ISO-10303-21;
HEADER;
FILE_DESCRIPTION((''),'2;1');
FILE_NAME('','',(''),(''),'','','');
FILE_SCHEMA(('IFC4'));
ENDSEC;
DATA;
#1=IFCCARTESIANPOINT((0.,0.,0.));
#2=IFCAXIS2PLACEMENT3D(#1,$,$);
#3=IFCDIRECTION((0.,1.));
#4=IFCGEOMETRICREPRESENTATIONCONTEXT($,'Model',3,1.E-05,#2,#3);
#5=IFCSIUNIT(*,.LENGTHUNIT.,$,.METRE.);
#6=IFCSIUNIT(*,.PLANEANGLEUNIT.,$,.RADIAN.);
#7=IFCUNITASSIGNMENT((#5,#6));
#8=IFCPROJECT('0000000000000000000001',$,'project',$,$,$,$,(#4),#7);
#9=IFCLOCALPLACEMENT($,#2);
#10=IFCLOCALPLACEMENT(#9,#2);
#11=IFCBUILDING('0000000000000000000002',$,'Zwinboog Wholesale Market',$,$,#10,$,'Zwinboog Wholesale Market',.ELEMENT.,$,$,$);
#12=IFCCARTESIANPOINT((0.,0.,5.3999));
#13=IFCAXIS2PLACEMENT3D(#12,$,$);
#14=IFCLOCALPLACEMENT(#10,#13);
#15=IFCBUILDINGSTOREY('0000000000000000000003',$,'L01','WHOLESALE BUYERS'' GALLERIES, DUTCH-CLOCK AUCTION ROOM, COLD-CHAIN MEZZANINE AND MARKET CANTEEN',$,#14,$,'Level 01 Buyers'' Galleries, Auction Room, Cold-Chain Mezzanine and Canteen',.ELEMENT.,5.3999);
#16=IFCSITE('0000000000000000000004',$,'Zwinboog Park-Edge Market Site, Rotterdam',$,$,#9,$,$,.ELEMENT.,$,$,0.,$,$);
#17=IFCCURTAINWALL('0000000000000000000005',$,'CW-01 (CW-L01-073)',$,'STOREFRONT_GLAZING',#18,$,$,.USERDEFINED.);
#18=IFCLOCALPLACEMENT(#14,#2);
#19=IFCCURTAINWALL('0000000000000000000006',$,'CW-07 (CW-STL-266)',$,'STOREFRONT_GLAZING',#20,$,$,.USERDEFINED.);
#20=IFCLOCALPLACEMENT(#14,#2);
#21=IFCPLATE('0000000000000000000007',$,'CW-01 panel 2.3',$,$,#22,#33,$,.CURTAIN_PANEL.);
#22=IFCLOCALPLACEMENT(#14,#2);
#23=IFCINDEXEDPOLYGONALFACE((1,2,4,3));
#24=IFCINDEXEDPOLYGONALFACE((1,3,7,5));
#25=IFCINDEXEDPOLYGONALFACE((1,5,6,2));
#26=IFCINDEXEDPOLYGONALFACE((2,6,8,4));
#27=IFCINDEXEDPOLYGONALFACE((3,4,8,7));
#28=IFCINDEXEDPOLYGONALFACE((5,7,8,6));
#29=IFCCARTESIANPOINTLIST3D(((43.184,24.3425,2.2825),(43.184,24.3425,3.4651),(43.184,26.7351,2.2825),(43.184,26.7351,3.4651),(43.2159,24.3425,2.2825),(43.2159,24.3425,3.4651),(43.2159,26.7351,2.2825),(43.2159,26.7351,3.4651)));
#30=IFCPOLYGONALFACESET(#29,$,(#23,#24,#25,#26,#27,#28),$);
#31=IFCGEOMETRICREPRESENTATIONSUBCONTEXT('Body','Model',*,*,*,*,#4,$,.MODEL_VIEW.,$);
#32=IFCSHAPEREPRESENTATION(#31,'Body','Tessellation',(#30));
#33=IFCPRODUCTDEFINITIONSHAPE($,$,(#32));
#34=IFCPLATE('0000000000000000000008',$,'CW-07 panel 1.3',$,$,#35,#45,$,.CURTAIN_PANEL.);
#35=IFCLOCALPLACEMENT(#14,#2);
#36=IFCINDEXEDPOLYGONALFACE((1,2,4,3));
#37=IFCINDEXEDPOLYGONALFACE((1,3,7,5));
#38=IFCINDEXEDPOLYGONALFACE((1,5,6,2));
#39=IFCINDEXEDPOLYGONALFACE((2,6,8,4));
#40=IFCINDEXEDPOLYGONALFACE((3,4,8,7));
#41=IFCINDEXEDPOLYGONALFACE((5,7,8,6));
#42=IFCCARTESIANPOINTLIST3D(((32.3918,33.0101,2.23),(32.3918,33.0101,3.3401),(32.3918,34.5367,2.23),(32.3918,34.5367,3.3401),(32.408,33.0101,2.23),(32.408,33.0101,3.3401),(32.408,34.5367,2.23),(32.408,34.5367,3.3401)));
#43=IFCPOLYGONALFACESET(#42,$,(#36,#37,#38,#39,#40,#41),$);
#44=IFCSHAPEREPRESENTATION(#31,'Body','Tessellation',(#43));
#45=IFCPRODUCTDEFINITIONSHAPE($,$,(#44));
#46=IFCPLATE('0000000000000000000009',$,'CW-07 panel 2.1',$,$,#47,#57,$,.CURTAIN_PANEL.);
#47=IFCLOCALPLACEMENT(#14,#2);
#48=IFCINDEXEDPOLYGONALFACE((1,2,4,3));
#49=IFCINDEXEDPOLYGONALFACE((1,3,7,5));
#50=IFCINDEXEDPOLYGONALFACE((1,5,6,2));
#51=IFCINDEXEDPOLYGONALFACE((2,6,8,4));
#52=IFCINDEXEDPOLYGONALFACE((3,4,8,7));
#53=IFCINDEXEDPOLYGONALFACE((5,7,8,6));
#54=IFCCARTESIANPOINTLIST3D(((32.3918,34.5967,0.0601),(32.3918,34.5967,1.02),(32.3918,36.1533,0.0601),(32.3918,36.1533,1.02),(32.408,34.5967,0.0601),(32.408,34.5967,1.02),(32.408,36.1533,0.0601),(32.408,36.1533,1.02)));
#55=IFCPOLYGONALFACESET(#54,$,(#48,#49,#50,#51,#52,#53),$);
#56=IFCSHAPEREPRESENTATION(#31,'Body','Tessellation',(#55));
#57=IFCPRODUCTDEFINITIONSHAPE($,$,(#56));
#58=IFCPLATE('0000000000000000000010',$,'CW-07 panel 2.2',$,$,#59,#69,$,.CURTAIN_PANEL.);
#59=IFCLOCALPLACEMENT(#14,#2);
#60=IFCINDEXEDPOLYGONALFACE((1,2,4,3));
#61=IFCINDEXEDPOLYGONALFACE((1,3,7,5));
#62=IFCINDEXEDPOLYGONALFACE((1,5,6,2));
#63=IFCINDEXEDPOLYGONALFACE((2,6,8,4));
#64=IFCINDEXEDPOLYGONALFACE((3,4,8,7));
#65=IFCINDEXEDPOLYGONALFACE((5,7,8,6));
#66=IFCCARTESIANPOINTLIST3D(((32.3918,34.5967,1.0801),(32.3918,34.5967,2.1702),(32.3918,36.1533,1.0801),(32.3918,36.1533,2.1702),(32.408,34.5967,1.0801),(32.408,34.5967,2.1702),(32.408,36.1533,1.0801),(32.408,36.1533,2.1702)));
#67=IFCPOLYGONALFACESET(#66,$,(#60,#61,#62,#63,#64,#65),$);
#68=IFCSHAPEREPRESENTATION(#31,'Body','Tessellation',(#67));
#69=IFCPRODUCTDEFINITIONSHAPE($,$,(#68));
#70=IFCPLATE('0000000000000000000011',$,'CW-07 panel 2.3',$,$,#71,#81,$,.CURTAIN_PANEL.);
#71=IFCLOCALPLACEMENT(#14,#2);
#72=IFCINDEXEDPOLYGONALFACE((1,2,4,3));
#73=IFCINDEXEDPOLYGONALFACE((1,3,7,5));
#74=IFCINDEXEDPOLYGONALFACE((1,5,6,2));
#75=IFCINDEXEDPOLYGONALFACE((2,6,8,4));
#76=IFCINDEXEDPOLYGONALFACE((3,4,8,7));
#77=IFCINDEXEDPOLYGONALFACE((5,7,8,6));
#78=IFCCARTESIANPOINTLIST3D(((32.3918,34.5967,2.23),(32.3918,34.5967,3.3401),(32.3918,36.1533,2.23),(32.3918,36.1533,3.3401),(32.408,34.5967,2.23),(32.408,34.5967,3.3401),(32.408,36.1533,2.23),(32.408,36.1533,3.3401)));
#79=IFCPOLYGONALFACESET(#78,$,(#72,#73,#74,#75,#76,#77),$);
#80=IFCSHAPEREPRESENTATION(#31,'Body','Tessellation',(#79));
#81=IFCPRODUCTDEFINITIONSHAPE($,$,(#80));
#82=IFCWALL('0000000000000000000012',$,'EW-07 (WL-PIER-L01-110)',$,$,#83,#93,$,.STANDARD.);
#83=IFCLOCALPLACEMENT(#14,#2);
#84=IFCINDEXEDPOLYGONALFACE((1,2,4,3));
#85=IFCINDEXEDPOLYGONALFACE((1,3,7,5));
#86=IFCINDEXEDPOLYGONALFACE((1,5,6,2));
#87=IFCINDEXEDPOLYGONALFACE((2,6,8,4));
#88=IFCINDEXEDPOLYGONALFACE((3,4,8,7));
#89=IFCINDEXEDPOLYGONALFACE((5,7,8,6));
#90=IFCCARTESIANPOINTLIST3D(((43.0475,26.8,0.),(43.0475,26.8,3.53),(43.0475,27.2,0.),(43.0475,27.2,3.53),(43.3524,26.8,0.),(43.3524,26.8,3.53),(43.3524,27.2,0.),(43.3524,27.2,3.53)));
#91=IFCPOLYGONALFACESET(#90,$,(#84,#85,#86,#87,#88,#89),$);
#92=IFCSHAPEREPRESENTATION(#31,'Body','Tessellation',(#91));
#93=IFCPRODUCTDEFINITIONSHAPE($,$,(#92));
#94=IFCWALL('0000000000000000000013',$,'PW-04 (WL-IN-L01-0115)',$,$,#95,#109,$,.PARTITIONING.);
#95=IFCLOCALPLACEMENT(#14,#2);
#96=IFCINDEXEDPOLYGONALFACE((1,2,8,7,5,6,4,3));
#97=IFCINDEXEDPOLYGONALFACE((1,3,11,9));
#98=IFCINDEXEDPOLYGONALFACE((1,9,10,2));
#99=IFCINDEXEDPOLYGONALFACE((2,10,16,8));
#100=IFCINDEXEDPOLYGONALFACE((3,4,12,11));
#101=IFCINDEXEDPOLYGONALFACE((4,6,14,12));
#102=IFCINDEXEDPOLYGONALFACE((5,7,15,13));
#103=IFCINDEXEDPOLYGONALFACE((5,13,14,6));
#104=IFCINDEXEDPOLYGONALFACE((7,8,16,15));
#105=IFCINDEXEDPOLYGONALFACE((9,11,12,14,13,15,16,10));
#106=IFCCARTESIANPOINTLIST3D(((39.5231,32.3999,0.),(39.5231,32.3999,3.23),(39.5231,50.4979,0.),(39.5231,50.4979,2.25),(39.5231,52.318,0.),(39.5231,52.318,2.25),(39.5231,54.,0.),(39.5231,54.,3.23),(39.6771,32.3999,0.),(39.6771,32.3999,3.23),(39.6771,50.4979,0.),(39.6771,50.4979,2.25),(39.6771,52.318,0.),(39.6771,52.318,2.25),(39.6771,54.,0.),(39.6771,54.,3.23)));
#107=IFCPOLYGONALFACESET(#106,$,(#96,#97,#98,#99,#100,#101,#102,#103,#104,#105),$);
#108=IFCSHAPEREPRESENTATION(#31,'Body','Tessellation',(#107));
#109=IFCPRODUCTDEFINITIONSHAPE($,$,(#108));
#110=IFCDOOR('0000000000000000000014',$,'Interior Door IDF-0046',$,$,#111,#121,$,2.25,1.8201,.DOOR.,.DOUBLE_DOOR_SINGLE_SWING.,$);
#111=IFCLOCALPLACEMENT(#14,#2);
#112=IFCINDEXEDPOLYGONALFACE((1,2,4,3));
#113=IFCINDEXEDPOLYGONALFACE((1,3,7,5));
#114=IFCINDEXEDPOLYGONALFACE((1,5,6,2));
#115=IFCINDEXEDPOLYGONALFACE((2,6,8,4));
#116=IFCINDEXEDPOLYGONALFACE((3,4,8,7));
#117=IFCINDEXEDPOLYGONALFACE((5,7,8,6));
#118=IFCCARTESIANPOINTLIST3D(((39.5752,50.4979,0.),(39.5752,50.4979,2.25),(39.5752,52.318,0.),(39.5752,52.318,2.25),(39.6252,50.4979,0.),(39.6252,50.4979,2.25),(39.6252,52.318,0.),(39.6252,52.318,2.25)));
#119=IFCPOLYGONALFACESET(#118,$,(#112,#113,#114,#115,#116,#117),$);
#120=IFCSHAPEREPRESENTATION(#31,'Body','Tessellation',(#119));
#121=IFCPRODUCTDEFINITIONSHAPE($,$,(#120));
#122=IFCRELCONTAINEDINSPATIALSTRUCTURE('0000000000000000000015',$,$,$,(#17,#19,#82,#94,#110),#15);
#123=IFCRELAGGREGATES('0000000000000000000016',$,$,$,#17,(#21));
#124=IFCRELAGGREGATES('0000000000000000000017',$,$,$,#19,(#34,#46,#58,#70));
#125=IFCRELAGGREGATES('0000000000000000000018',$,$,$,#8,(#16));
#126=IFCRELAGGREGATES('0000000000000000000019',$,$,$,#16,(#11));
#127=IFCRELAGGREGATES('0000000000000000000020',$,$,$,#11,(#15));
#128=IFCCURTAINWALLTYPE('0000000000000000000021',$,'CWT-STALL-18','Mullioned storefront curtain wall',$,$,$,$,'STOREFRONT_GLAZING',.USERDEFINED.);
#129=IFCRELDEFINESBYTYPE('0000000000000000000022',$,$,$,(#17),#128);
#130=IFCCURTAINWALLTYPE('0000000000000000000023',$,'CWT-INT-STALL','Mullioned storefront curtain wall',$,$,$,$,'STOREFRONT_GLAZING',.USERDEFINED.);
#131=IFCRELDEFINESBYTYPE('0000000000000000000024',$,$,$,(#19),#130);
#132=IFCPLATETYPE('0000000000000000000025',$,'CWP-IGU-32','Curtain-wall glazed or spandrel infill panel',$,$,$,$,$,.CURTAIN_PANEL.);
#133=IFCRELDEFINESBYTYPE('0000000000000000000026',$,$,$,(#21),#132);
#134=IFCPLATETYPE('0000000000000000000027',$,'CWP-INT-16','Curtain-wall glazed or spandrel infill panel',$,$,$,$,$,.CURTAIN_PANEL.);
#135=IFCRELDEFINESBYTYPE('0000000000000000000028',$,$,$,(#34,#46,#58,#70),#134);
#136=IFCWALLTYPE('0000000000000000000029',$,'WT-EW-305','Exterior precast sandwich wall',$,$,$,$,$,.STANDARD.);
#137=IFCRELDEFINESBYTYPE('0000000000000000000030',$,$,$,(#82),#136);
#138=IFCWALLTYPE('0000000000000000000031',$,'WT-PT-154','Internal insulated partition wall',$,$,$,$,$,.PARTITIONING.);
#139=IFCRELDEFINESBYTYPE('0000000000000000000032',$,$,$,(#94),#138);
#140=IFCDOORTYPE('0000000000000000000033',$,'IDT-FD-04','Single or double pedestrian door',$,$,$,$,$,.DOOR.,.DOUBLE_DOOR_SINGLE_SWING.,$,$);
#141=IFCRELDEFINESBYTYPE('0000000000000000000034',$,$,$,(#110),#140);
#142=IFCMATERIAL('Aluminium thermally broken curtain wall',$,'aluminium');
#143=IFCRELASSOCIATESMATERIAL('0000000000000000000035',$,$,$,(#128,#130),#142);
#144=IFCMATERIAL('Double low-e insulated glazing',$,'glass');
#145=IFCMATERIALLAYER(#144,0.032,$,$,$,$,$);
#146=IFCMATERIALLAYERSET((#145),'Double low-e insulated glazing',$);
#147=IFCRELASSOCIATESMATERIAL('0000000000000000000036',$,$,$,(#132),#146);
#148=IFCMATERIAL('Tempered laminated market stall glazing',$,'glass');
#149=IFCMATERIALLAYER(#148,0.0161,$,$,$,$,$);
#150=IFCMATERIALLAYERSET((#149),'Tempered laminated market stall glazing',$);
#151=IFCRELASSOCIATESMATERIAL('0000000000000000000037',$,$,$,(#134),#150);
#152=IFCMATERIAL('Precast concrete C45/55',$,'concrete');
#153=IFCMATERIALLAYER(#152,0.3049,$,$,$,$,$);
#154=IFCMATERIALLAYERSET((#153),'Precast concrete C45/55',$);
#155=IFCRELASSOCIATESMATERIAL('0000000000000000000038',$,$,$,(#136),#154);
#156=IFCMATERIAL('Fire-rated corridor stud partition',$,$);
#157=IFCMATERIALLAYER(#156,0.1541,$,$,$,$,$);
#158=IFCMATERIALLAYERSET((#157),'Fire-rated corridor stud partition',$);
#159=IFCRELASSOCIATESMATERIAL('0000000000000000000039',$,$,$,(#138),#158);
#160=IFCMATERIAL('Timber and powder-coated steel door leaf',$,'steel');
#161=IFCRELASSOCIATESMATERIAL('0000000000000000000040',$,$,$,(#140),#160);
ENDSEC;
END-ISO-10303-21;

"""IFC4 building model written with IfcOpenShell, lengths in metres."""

from ifc_helpers import new_model, si_unit, direction, frame, frame_2d, origin, origin_2d, place, context, subcontext, project, spatial, rectangle, extrude, material, layer, layer_set, type_object, element, fill, aggregate, save


model = new_model("IFC4")

# Units and contexts
model_context = context("Model", 3, precision=1e-05, world=origin(), true_north=direction((0.0, 1.0)))
body_context = subcontext(model_context, "Body", "Model", "MODEL_VIEW")
ifc_project = project(units=[si_unit("LENGTHUNIT", "METRE"), si_unit("PLANEANGLEUNIT", "RADIAN")], contexts=[model_context])

# Site, building, storey
site_placement = place(None, origin())
site = spatial("IfcSite", under=ifc_project, at=site_placement, Name="Zwinboog Park-Edge Market Site, Rotterdam", CompositionType="ELEMENT", RefElevation=0.0)
building_placement = place(site_placement, origin())
building = spatial("IfcBuilding", under=site, at=building_placement, Name="Zwinboog Wholesale Market", LongName="Zwinboog Wholesale Market", CompositionType="ELEMENT")
storey_placement = place(building_placement, frame((0.0, 0.0, 5.3999)))
storey = spatial("IfcBuildingStorey", under=building, at=storey_placement, Name="L01", Description="WHOLESALE BUYERS' GALLERIES, DUTCH-CLOCK AUCTION ROOM, COLD-CHAIN MEZZANINE AND MARKET CANTEEN", LongName="Level 01 Buyers' Galleries, Auction Room, Cold-Chain Mezzanine and Canteen", CompositionType="ELEMENT", Elevation=5.3999)

# Shared definitions
ifc_material_1 = material(Name="Precast concrete C45/55", Category="concrete")

# Curtain wall
ifc_material_2 = material(Name="Aluminium thermally broken curtain wall", Category="aluminium")
curtain_wall_type_1 = type_object("IfcCurtainWallType", Name="CWT-STALL-18", Description="Mullioned storefront curtain wall", ElementType="STOREFRONT_GLAZING", PredefinedType="USERDEFINED", material=ifc_material_2)
curtain_wall_1_placement = place(storey_placement, origin())
curtain_wall_1 = element("IfcCurtainWall", 1, at=curtain_wall_1_placement, inside=storey, type_object=curtain_wall_type_1, Name="CW-01 (CW-L01-073)", ObjectType="STOREFRONT_GLAZING", PredefinedType="USERDEFINED")

# Curtain wall
curtain_wall_type_2 = type_object("IfcCurtainWallType", Name="CWT-INT-STALL", Description="Mullioned storefront curtain wall", ElementType="STOREFRONT_GLAZING", PredefinedType="USERDEFINED", material=ifc_material_2)
curtain_wall_2_placement = place(storey_placement, origin())
curtain_wall_2 = element("IfcCurtainWall", 2, at=curtain_wall_2_placement, inside=storey, type_object=curtain_wall_type_2, Name="CW-07 (CW-STL-266)", ObjectType="STOREFRONT_GLAZING", PredefinedType="USERDEFINED")

# Plates
ifc_material_3 = material(Name="Double low-e insulated glazing", Category="glass")
ifc_layer_1 = layer(ifc_material_3, 0.032)
ifc_layer_set_1 = layer_set([ifc_layer_1], Name="Double low-e insulated glazing")
plate_type_1 = type_object("IfcPlateType", Name="CWP-IGU-32", Description="Curtain-wall glazed or spandrel infill panel", PredefinedType="CURTAIN_PANEL", material=ifc_layer_set_1)
plate_1_placement = place(storey_placement, frame((43.2, 25.5388, 2.2825), z_axis=(0.0, 0.0, 1.0), x_axis=(0.0, 1.0, 0.0)))
plate_1 = element("IfcPlate", 3, at=plate_1_placement, type_object=plate_type_1, Name="CW-01 panel 2.3", PredefinedType="CURTAIN_PANEL", context=body_context, shape_type="SweptSolid", body=[
    extrude(rectangle(XDim=2.3926, YDim=0.032, at=origin_2d()), origin(), (0.0, 0.0, 1.0), 1.1826),
])
aggregate(curtain_wall_1, [plate_1])
ifc_material_4 = material(Name="Tempered laminated market stall glazing", Category="glass")
ifc_layer_2 = layer(ifc_material_4, 0.0161)
ifc_layer_set_2 = layer_set([ifc_layer_2], Name="Tempered laminated market stall glazing")
plate_type_2 = type_object("IfcPlateType", Name="CWP-INT-16", Description="Curtain-wall glazed or spandrel infill panel", PredefinedType="CURTAIN_PANEL", material=ifc_layer_set_2)
plate_2_placement = place(storey_placement, frame((32.3999, 33.7734, 2.23), z_axis=(0.0, 0.0, 1.0), x_axis=(0.0, 1.0, 0.0)))
plate_2 = element("IfcPlate", 4, at=plate_2_placement, type_object=plate_type_2, Name="CW-07 panel 1.3", PredefinedType="CURTAIN_PANEL", context=body_context, shape_type="SweptSolid", body=[
    extrude(rectangle(XDim=1.5266, YDim=0.0161, at=origin_2d()), origin(), (0.0, 0.0, 1.0), 1.1101),
])
plate_3_placement = place(storey_placement, frame((32.3999, 35.375, 0.0601), z_axis=(0.0, 0.0, 1.0), x_axis=(0.0, 1.0, 0.0)))
plate_3 = element("IfcPlate", 5, at=plate_3_placement, type_object=plate_type_2, Name="CW-07 panel 2.1", PredefinedType="CURTAIN_PANEL", context=body_context, shape_type="SweptSolid", body=[
    extrude(rectangle(XDim=1.5566, YDim=0.0161, at=origin_2d()), origin(), (0.0, 0.0, 1.0), 0.96),
])
plate_4_placement = place(storey_placement, frame((32.3999, 35.375, 1.0801), z_axis=(0.0, 0.0, 1.0), x_axis=(0.0, 1.0, 0.0)))
plate_4 = element("IfcPlate", 6, at=plate_4_placement, type_object=plate_type_2, Name="CW-07 panel 2.2", PredefinedType="CURTAIN_PANEL", context=body_context, shape_type="SweptSolid", body=[
    extrude(rectangle(XDim=1.5566, YDim=0.0161, at=origin_2d()), origin(), (0.0, 0.0, 1.0), 1.0901),
])
plate_5_placement = place(storey_placement, frame((32.3999, 35.375, 2.23), z_axis=(0.0, 0.0, 1.0), x_axis=(0.0, 1.0, 0.0)))
plate_5 = element("IfcPlate", 7, at=plate_5_placement, type_object=plate_type_2, Name="CW-07 panel 2.3", PredefinedType="CURTAIN_PANEL", context=body_context, shape_type="SweptSolid", body=[
    extrude(rectangle(XDim=1.5566, YDim=0.0161, at=origin_2d()), origin(), (0.0, 0.0, 1.0), 1.1101),
])
aggregate(curtain_wall_2, [plate_2, plate_3, plate_4, plate_5])

# Wall
ifc_layer_3 = layer(ifc_material_1, 0.3049)
ifc_layer_set_3 = layer_set([ifc_layer_3], Name="Precast concrete C45/55")
wall_type_1 = type_object("IfcWallType", Name="WT-EW-305", Description="Exterior precast sandwich wall", PredefinedType="STANDARD", material=ifc_layer_set_3)
wall_1_placement = place(storey_placement, frame((43.2, 26.8, 0.0), z_axis=(0.0, 0.0, 1.0), x_axis=(0.0, 1.0, 0.0)))
element("IfcWall", 8, at=wall_1_placement, inside=storey, type_object=wall_type_1, Name="EW-07 (WL-PIER-L01-110)", PredefinedType="STANDARD", context=body_context, shape_type="SweptSolid", body=[
    extrude(rectangle(XDim=0.3999, YDim=0.3049, at=frame_2d((0.2, 0.0))), origin(), (0.0, 0.0, 1.0), 3.53),
])

# Wall, opening, door
ifc_material_5 = material(Name="Fire-rated corridor stud partition")
ifc_layer_4 = layer(ifc_material_5, 0.1541)
ifc_layer_set_4 = layer_set([ifc_layer_4], Name="Fire-rated corridor stud partition")
wall_type_2 = type_object("IfcWallType", Name="WT-PT-154", Description="Internal insulated partition wall", PredefinedType="PARTITIONING", material=ifc_layer_set_4)
wall_2_placement = place(storey_placement, frame((39.6001, 32.3999, 0.0), z_axis=(0.0, 0.0, 1.0), x_axis=(0.0, 1.0, 0.0)))
wall_2 = element("IfcWall", 9, at=wall_2_placement, inside=storey, type_object=wall_type_2, Name="PW-04 (WL-IN-L01-0115)", PredefinedType="PARTITIONING", context=body_context, shape_type="SweptSolid", body=[
    extrude(rectangle(XDim=21.6001, YDim=0.1541, at=frame_2d((10.8, 0.0))), origin(), (0.0, 0.0, 1.0), 3.23),
])
opening_placement = place(wall_2_placement, frame((18.0979, 0.0, 0.0)))
opening = element("IfcOpeningElement", 10, at=opening_placement, cuts=wall_2, PredefinedType="OPENING", context=body_context, shape_type="SweptSolid", body=[
    extrude(rectangle(XDim=1.8201, YDim=2.25, at=frame_2d((0.9102, 1.125))), frame((0.0, 0.0869, 0.0), z_axis=(0.0, -1.0, 0.0), x_axis=(1.0, 0.0, 0.0)), (0.0, 0.0, 1.0), 0.1741),
])
ifc_material_6 = material(Name="Timber and powder-coated steel door leaf", Category="steel")
door_type = type_object("IfcDoorType", Name="IDT-FD-04", Description="Single or double pedestrian door", OperationType="DOUBLE_DOOR_SINGLE_SWING", PredefinedType="DOOR", material=ifc_material_6)
door_placement = place(opening_placement, origin())
door = element("IfcDoor", 11, at=door_placement, inside=storey, type_object=door_type, Name="Interior Door IDF-0046", OperationType="DOUBLE_DOOR_SINGLE_SWING", OverallHeight=2.25, OverallWidth=1.8201, PredefinedType="DOOR", context=body_context, shape_type="SweptSolid", body=[
    extrude(rectangle(XDim=1.8201, YDim=2.25, at=frame_2d((0.9102, 1.125))), frame((0.0, 0.0249, 0.0), z_axis=(0.0, -1.0, 0.0), x_axis=(1.0, 0.0, 0.0)), (0.0, 0.0, 1.0), 0.05),
])
fill(opening, door)

save(model, "model.ifc")
